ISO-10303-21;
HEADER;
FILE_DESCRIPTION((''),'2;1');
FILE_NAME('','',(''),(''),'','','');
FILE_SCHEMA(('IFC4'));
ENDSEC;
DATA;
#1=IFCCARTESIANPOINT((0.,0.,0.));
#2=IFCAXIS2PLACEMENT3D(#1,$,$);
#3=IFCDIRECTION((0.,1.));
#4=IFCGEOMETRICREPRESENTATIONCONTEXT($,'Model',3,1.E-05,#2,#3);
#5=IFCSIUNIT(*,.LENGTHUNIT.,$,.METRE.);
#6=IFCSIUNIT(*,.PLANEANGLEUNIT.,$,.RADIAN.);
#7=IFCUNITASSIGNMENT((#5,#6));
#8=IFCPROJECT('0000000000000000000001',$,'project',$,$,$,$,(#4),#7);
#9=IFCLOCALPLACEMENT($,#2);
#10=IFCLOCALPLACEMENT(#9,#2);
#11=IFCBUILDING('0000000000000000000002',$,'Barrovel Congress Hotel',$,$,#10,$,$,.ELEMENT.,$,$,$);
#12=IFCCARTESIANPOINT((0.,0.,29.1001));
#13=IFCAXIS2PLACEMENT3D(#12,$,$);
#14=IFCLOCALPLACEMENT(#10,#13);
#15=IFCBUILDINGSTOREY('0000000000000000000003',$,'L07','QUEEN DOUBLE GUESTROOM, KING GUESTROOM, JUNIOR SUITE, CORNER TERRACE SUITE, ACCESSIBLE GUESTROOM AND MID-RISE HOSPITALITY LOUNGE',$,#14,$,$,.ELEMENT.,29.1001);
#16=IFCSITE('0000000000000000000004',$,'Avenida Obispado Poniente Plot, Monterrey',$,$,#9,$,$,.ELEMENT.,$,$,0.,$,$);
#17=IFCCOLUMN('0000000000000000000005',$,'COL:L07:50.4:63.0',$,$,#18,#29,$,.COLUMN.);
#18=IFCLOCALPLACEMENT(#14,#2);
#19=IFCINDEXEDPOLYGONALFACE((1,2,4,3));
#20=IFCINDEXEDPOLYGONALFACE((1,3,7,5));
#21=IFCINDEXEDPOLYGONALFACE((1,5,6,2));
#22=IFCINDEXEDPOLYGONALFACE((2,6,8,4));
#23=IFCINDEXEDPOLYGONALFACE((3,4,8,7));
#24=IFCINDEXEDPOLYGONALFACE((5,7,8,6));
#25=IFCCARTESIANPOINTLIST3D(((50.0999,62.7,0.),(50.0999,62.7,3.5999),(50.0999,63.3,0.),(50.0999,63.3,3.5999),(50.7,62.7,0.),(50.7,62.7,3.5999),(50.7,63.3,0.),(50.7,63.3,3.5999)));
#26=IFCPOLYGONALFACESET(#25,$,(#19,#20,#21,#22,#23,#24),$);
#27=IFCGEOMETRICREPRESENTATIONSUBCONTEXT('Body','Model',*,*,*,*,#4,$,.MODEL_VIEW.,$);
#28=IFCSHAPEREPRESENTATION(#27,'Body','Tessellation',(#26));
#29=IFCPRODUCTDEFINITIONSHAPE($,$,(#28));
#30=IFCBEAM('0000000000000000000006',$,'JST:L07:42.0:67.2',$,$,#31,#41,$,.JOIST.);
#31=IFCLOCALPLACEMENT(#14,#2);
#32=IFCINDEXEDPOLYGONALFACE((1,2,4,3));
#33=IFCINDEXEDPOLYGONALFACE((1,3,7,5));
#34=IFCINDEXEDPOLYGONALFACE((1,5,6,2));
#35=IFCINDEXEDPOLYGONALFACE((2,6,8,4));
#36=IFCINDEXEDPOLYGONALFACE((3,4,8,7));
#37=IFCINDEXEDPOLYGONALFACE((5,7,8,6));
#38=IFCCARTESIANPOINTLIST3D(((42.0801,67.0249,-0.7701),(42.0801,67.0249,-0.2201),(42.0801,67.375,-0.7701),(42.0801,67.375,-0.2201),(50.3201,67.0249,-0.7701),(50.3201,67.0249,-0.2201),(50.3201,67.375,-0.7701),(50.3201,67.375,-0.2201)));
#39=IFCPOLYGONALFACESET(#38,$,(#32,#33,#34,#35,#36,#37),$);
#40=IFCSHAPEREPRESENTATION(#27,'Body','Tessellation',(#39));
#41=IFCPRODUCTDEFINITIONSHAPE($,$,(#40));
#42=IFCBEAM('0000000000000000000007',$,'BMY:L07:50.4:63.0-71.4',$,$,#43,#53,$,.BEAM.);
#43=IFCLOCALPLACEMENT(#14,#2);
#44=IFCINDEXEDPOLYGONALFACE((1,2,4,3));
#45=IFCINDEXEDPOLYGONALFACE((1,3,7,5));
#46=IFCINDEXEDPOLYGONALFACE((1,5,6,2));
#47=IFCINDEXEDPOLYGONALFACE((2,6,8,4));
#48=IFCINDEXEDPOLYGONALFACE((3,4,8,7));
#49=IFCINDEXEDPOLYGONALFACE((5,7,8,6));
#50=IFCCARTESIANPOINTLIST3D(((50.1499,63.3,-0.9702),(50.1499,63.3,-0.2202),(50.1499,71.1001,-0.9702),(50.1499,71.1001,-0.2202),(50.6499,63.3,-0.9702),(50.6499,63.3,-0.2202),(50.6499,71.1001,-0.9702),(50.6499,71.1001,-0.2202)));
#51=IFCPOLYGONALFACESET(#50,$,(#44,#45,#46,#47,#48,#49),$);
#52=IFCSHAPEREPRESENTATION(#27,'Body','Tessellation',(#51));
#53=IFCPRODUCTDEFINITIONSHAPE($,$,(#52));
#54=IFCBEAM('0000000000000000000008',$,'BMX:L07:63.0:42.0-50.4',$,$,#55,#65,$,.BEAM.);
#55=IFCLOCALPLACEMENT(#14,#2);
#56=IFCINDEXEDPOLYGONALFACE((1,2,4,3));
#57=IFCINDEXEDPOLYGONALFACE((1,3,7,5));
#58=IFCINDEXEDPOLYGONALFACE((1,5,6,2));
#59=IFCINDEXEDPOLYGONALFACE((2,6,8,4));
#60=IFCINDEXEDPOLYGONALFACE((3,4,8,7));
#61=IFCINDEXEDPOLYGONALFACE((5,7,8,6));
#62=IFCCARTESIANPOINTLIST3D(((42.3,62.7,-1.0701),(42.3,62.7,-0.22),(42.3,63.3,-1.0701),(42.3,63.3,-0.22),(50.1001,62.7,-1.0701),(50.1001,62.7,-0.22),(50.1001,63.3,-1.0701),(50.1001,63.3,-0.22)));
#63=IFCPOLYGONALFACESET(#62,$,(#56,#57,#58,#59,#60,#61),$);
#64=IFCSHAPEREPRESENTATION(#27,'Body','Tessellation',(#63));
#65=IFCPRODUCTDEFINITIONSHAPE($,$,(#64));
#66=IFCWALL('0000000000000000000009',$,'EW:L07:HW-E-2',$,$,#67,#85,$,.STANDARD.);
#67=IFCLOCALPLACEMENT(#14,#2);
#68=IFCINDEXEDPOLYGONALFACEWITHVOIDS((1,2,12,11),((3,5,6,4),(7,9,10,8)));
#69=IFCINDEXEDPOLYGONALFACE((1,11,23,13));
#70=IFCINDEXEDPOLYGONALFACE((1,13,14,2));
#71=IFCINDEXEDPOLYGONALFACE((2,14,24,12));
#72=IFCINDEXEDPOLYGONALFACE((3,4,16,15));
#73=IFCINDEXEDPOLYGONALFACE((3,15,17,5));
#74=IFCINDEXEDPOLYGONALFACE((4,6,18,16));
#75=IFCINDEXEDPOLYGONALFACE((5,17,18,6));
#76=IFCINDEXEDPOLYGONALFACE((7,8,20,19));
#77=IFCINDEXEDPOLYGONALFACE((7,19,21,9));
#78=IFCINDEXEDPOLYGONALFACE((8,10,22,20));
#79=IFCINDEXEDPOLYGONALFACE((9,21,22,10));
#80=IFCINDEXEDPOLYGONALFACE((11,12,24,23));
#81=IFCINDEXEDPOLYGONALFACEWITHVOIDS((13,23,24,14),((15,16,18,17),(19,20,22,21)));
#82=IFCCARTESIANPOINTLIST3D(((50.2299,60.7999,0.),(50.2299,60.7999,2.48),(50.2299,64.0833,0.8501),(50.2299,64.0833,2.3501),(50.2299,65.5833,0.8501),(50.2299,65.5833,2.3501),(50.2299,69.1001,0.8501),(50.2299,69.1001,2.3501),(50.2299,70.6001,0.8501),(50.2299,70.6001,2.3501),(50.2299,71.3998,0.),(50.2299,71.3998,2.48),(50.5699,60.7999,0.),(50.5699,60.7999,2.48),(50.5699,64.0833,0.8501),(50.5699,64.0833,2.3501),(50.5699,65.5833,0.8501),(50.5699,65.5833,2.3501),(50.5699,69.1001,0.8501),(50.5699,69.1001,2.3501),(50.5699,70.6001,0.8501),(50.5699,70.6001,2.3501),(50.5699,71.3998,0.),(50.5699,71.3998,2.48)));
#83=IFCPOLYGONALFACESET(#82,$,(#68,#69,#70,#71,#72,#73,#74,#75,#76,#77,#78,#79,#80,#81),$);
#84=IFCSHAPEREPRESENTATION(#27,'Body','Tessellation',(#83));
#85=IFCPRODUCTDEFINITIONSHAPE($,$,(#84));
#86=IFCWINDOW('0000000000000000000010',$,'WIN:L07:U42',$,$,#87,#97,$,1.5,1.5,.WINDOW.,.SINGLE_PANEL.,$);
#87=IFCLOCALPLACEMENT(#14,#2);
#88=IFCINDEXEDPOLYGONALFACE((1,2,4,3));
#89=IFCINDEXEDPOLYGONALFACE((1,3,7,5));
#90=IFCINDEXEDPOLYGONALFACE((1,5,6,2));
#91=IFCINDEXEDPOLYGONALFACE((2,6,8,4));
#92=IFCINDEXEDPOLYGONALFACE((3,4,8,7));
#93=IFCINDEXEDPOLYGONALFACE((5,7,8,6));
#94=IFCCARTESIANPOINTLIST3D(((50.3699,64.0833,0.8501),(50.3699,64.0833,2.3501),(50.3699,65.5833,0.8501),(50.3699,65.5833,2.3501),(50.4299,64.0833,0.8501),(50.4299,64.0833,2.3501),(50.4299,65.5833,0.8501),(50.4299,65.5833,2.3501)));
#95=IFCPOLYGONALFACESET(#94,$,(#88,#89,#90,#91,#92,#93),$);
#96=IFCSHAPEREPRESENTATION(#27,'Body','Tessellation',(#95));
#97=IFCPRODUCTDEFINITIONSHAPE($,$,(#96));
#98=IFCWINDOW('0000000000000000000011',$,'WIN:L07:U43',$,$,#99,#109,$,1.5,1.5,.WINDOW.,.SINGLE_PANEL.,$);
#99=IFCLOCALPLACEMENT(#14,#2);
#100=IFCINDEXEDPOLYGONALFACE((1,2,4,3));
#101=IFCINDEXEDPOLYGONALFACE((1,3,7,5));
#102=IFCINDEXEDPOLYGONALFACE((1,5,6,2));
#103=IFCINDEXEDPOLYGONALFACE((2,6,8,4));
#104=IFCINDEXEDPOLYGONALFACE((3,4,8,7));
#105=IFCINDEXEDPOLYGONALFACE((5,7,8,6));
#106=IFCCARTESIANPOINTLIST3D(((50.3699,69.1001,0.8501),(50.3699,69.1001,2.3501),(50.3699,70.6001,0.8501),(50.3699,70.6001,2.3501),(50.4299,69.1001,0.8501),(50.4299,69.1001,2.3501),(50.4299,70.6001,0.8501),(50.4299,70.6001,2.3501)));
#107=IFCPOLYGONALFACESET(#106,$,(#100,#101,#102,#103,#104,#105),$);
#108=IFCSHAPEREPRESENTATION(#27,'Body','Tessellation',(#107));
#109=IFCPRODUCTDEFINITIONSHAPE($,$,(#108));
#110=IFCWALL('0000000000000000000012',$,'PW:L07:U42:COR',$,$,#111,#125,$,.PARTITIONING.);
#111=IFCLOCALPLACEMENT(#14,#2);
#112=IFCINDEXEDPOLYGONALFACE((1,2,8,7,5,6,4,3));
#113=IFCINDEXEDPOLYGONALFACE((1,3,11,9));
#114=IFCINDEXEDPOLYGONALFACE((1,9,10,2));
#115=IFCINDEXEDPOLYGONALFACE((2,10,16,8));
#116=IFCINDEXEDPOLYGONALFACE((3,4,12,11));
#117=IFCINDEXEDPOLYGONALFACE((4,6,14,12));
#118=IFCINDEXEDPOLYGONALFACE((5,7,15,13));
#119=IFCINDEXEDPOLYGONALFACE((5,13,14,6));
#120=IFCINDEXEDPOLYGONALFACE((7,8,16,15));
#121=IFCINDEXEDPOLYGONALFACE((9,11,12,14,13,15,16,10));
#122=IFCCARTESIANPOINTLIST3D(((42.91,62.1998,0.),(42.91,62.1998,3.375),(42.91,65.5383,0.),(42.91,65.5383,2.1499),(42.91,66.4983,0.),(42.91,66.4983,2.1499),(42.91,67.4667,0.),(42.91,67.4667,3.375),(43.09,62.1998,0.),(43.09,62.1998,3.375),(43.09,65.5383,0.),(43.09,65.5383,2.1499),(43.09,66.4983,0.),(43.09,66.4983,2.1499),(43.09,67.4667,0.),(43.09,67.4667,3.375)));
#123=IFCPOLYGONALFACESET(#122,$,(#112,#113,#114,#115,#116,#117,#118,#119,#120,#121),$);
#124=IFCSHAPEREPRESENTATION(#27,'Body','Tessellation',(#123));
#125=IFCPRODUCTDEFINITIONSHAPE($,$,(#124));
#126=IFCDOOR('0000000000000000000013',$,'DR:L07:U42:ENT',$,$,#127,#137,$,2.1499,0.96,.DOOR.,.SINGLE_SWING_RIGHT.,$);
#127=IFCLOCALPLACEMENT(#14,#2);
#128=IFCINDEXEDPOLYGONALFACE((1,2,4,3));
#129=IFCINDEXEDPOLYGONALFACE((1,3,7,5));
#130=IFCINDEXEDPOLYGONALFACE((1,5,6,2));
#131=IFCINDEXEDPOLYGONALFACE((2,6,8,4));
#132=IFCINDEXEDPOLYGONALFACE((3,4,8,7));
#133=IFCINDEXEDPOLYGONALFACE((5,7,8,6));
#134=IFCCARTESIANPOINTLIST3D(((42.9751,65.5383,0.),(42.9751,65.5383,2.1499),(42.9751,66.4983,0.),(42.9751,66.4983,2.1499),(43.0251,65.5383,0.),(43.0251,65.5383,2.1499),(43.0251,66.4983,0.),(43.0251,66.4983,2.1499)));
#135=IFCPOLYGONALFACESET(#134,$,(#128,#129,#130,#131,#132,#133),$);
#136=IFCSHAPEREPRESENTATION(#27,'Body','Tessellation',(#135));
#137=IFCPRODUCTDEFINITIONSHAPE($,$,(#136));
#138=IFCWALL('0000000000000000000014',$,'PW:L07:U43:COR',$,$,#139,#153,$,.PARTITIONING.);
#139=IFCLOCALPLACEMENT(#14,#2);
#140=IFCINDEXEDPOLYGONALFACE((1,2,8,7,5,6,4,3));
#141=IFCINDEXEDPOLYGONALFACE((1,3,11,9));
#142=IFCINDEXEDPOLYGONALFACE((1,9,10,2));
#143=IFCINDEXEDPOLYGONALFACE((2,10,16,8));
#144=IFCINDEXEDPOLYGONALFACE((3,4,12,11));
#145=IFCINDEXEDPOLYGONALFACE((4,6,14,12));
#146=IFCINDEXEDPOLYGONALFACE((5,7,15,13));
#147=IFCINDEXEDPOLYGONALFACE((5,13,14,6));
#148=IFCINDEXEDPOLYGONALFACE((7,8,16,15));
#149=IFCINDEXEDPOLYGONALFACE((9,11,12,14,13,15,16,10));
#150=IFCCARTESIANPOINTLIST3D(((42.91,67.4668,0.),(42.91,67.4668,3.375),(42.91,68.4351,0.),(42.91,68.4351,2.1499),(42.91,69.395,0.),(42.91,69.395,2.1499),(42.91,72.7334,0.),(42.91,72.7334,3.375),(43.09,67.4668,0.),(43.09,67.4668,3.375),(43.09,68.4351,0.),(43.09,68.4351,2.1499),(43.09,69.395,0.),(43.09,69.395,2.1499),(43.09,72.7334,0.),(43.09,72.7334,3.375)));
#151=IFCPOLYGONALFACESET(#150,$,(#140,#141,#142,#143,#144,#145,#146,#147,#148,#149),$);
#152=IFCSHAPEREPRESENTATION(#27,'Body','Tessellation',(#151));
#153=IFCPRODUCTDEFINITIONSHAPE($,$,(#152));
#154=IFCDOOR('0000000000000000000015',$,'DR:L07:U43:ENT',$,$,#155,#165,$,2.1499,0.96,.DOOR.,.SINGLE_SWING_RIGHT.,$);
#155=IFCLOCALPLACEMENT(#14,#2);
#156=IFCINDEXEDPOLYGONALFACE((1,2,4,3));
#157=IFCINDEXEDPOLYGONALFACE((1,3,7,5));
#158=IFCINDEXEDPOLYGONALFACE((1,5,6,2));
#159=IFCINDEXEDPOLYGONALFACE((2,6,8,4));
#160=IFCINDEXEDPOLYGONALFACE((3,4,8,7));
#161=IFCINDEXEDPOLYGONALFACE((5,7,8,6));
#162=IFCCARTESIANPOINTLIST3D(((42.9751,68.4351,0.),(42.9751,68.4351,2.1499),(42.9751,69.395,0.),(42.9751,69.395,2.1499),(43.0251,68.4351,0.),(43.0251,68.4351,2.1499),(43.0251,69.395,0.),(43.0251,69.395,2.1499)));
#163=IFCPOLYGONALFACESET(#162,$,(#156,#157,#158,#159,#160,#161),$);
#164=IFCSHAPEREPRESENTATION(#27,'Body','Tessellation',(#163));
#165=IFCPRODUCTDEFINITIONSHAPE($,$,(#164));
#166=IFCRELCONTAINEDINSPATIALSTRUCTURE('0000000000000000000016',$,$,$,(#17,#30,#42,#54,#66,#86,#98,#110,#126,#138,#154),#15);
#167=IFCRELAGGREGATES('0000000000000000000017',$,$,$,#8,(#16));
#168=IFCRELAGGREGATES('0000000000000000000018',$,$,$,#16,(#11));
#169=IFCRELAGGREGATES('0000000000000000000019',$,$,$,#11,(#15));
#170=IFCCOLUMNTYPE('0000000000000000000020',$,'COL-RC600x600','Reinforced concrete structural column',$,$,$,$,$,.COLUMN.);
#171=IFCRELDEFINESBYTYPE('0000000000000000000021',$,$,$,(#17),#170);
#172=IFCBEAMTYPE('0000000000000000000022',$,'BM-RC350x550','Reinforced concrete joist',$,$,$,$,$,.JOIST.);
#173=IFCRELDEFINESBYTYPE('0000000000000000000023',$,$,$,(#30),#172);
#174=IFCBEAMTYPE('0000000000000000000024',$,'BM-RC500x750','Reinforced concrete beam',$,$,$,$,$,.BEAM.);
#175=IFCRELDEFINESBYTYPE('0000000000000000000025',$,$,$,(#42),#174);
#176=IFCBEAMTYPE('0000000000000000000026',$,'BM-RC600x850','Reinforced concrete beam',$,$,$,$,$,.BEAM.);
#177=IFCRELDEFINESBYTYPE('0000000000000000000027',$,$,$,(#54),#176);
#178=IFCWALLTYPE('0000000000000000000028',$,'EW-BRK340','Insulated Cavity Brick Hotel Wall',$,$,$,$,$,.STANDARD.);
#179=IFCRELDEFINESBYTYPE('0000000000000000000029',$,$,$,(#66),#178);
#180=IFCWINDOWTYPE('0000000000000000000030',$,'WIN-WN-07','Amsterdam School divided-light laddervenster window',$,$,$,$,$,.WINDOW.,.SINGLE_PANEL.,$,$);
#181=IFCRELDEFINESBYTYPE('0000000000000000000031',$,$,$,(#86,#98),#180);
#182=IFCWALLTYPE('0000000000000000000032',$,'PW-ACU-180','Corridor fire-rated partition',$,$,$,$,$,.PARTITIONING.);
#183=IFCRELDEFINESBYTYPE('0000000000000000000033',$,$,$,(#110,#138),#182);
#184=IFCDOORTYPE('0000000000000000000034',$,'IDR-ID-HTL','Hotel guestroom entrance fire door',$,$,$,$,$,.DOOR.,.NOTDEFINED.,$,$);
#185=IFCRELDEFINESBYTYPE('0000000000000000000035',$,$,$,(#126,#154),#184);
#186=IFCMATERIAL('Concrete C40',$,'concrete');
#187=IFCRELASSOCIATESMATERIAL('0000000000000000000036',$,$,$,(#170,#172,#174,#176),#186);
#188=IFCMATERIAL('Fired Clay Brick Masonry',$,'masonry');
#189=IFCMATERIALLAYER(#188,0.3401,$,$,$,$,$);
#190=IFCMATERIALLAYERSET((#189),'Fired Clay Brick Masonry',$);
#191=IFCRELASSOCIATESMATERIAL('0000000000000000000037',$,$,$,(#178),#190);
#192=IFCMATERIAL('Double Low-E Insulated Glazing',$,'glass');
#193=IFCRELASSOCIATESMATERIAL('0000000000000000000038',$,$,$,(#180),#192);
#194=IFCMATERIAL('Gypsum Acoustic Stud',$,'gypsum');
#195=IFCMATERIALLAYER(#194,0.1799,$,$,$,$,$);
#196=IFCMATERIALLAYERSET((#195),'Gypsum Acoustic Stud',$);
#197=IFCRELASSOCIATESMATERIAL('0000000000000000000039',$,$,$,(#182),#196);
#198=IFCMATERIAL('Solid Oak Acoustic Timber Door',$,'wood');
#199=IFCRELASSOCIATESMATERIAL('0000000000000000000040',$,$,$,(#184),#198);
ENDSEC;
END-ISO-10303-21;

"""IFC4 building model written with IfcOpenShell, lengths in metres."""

from ifc_helpers import new_model, si_unit, direction, frame, frame_2d, origin, origin_2d, place, context, subcontext, project, spatial, rectangle, extrude, material, layer, layer_set, material_profile, profile_set, type_object, element, fill, save


model = new_model("IFC4")

# Units and contexts
model_context = context("Model", 3, precision=1e-05, world=origin(), true_north=direction((0.0, 1.0)))
body_context = subcontext(model_context, "Body", "Model", "MODEL_VIEW")
ifc_project = project(units=[si_unit("LENGTHUNIT", "METRE"), si_unit("PLANEANGLEUNIT", "RADIAN")], contexts=[model_context])

# Site, building, storey
site_placement = place(None, origin())
site = spatial("IfcSite", under=ifc_project, at=site_placement, Name="Avenida Obispado Poniente Plot, Monterrey", CompositionType="ELEMENT", RefElevation=0.0)
building_placement = place(site_placement, origin())
building = spatial("IfcBuilding", under=site, at=building_placement, Name="Barrovel Congress Hotel", CompositionType="ELEMENT")
storey_placement = place(building_placement, frame((0.0, 0.0, 29.1001)))
storey = spatial("IfcBuildingStorey", under=building, at=storey_placement, Name="L07", Description="QUEEN DOUBLE GUESTROOM, KING GUESTROOM, JUNIOR SUITE, CORNER TERRACE SUITE, ACCESSIBLE GUESTROOM AND MID-RISE HOSPITALITY LOUNGE", CompositionType="ELEMENT", Elevation=29.1001)

# Column
ifc_material_1 = material(Name="Concrete C40", Category="concrete")
ifc_material_profile_1 = material_profile(ifc_material_1, rectangle(XDim=0.6001, YDim=0.6001, at=origin_2d()), Name="RC600x600")
ifc_profile_set_1 = profile_set([ifc_material_profile_1], Name="Concrete C40")
column_type = type_object("IfcColumnType", Name="COL-RC600x600", Description="Reinforced concrete structural column", PredefinedType="COLUMN", material=ifc_profile_set_1)
column_placement = place(storey_placement, frame((50.3999, 63.0, 0.0), z_axis=(0.0, 0.0, 1.0), x_axis=(1.0, 0.0, 0.0)))
element("IfcColumn", 1, at=column_placement, inside=storey, type_object=column_type, Name="COL:L07:50.4:63.0", PredefinedType="COLUMN", context=body_context, shape_type="SweptSolid", body=[
    extrude(rectangle(XDim=0.6001, YDim=0.6001, at=origin_2d()), origin(), (0.0, 0.0, 1.0), 3.5999),
])

# Beams
ifc_material_profile_2 = material_profile(ifc_material_1, rectangle(XDim=0.3501, YDim=0.55, at=origin_2d()), Name="RC350x550")
ifc_profile_set_2 = profile_set([ifc_material_profile_2], Name="Concrete C40")
beam_type_1 = type_object("IfcBeamType", Name="BM-RC350x550", Description="Reinforced concrete joist", PredefinedType="JOIST", material=ifc_profile_set_2)
beam_1_placement = place(storey_placement, frame((42.0801, 67.2, -0.4951), z_axis=(1.0, 0.0, 0.0), x_axis=(0.0, 1.0, 0.0)))
element("IfcBeam", 2, at=beam_1_placement, inside=storey, type_object=beam_type_1, Name="JST:L07:42.0:67.2", PredefinedType="JOIST", context=body_context, shape_type="SweptSolid", body=[
    extrude(rectangle(XDim=0.3501, YDim=0.55, at=origin_2d()), origin(), (0.0, 0.0, 1.0), 8.24),
])
ifc_material_profile_3 = material_profile(ifc_material_1, rectangle(XDim=0.5, YDim=0.75, at=origin_2d()), Name="RC500x750")
ifc_profile_set_3 = profile_set([ifc_material_profile_3], Name="Concrete C40")
beam_type_2 = type_object("IfcBeamType", Name="BM-RC500x750", Description="Reinforced concrete beam", PredefinedType="BEAM", material=ifc_profile_set_3)
beam_2_placement = place(storey_placement, frame((50.3999, 63.3, -0.5952), z_axis=(0.0, 1.0, 0.0), x_axis=(-1.0, 0.0, 0.0)))
element("IfcBeam", 3, at=beam_2_placement, inside=storey, type_object=beam_type_2, Name="BMY:L07:50.4:63.0-71.4", PredefinedType="BEAM", context=body_context, shape_type="SweptSolid", body=[
    extrude(rectangle(XDim=0.5, YDim=0.75, at=origin_2d()), origin(), (0.0, 0.0, 1.0), 7.8),
])
ifc_material_profile_4 = material_profile(ifc_material_1, rectangle(XDim=0.6001, YDim=0.8501, at=origin_2d()), Name="RC600x850")
ifc_profile_set_4 = profile_set([ifc_material_profile_4], Name="Concrete C40")
beam_type_3 = type_object("IfcBeamType", Name="BM-RC600x850", Description="Reinforced concrete beam", PredefinedType="BEAM", material=ifc_profile_set_4)
beam_3_placement = place(storey_placement, frame((42.3, 63.0, -0.645), z_axis=(1.0, 0.0, 0.0), x_axis=(0.0, 1.0, 0.0)))
element("IfcBeam", 4, at=beam_3_placement, inside=storey, type_object=beam_type_3, Name="BMX:L07:63.0:42.0-50.4", PredefinedType="BEAM", context=body_context, shape_type="SweptSolid", body=[
    extrude(rectangle(XDim=0.6001, YDim=0.8501, at=origin_2d()), origin(), (0.0, 0.0, 1.0), 7.8),
])

# Wall, openings, windows
ifc_material_2 = material(Name="Fired Clay Brick Masonry", Category="masonry")
ifc_layer_1 = layer(ifc_material_2, 0.3401)
ifc_layer_set_1 = layer_set([ifc_layer_1], Name="Fired Clay Brick Masonry")
wall_type_1 = type_object("IfcWallType", Name="EW-BRK340", Description="Insulated Cavity Brick Hotel Wall", PredefinedType="STANDARD", material=ifc_layer_set_1)
wall_1_placement = place(storey_placement, frame((50.3999, 60.8, 0.0), z_axis=(0.0, 0.0, 1.0), x_axis=(0.0, 1.0, 0.0)))
wall_1 = element("IfcWall", 5, at=wall_1_placement, inside=storey, type_object=wall_type_1, Name="EW:L07:HW-E-2", PredefinedType="STANDARD", context=body_context, shape_type="SweptSolid", body=[
    extrude(rectangle(XDim=10.5999, YDim=0.3401, at=frame_2d((5.2998, 0.0))), origin(), (0.0, 0.0, 1.0), 2.48),
])
opening_1_placement = place(wall_1_placement, frame((3.2832, 0.0, 0.8501)))
opening_1 = element("IfcOpeningElement", 6, at=opening_1_placement, cuts=wall_1, PredefinedType="OPENING", context=body_context, shape_type="SweptSolid", body=[
    extrude(rectangle(XDim=1.5, YDim=1.5, at=frame_2d((0.75, 0.75))), frame((0.0, 0.1802, 0.0), z_axis=(0.0, -1.0, 0.0), x_axis=(1.0, 0.0, 0.0)), (0.0, 0.0, 1.0), 0.3601),
])
opening_2_placement = place(wall_1_placement, frame((8.3, 0.0, 0.8501)))
opening_2 = element("IfcOpeningElement", 7, at=opening_2_placement, cuts=wall_1, PredefinedType="OPENING", context=body_context, shape_type="SweptSolid", body=[
    extrude(rectangle(XDim=1.5, YDim=1.5, at=frame_2d((0.75, 0.75))), frame((0.0, 0.1802, 0.0), z_axis=(0.0, -1.0, 0.0), x_axis=(1.0, 0.0, 0.0)), (0.0, 0.0, 1.0), 0.3601),
])
ifc_material_3 = material(Name="Double Low-E Insulated Glazing", Category="glass")
window_type = type_object("IfcWindowType", Name="WIN-WN-07", Description="Amsterdam School divided-light laddervenster window", PartitioningType="SINGLE_PANEL", PredefinedType="WINDOW", material=ifc_material_3)
window_1_placement = place(opening_1_placement, origin())
window_1 = element("IfcWindow", 8, at=window_1_placement, inside=storey, type_object=window_type, Name="WIN:L07:U42", OverallHeight=1.5, OverallWidth=1.5, PartitioningType="SINGLE_PANEL", PredefinedType="WINDOW", context=body_context, shape_type="SweptSolid", body=[
    extrude(rectangle(XDim=1.5, YDim=1.5, at=frame_2d((0.75, 0.75))), frame((0.0, 0.03, 0.0), z_axis=(0.0, -1.0, 0.0), x_axis=(1.0, 0.0, 0.0)), (0.0, 0.0, 1.0), 0.0601),
])
fill(opening_1, window_1)
window_2_placement = place(opening_2_placement, origin())
window_2 = element("IfcWindow", 9, at=window_2_placement, inside=storey, type_object=window_type, Name="WIN:L07:U43", OverallHeight=1.5, OverallWidth=1.5, PartitioningType="SINGLE_PANEL", PredefinedType="WINDOW", context=body_context, shape_type="SweptSolid", body=[
    extrude(rectangle(XDim=1.5, YDim=1.5, at=frame_2d((0.75, 0.75))), frame((0.0, 0.03, 0.0), z_axis=(0.0, -1.0, 0.0), x_axis=(1.0, 0.0, 0.0)), (0.0, 0.0, 1.0), 0.0601),
])
fill(opening_2, window_2)

# Walls, openings, doors
ifc_material_4 = material(Name="Gypsum Acoustic Stud", Category="gypsum")
ifc_layer_2 = layer(ifc_material_4, 0.1799)
ifc_layer_set_2 = layer_set([ifc_layer_2], Name="Gypsum Acoustic Stud")
wall_type_2 = type_object("IfcWallType", Name="PW-ACU-180", Description="Corridor fire-rated partition", PredefinedType="PARTITIONING", material=ifc_layer_set_2)
wall_2_placement = place(storey_placement, frame((43.0, 62.2, 0.0), z_axis=(0.0, 0.0, 1.0), x_axis=(0.0, 1.0, 0.0)))
wall_2 = element("IfcWall", 10, at=wall_2_placement, inside=storey, type_object=wall_type_2, Name="PW:L07:U42:COR", PredefinedType="PARTITIONING", context=body_context, shape_type="SweptSolid", body=[
    extrude(rectangle(XDim=5.2668, YDim=0.1799, at=frame_2d((2.6333, 0.0))), origin(), (0.0, 0.0, 1.0), 3.375),
])
opening_3_placement = place(wall_2_placement, frame((3.3384, 0.0, 0.0)))
opening_3 = element("IfcOpeningElement", 11, at=opening_3_placement, cuts=wall_2, PredefinedType="OPENING", context=body_context, shape_type="SweptSolid", body=[
    extrude(rectangle(XDim=0.96, YDim=2.1499, at=frame_2d((0.48, 1.075))), frame((0.0, 0.1001, 0.0), z_axis=(0.0, -1.0, 0.0), x_axis=(1.0, 0.0, 0.0)), (0.0, 0.0, 1.0), 0.2),
])
ifc_material_5 = material(Name="Solid Oak Acoustic Timber Door", Category="wood")
door_type_1 = type_object("IfcDoorType", Name="IDR-ID-HTL", Description="Hotel guestroom entrance fire door", OperationType="NOTDEFINED", PredefinedType="DOOR", material=ifc_material_5)
door_1_placement = place(opening_3_placement, origin())
door_1 = element("IfcDoor", 12, at=door_1_placement, inside=storey, type_object=door_type_1, Name="DR:L07:U42:ENT", OperationType="SINGLE_SWING_RIGHT", OverallHeight=2.1499, OverallWidth=0.96, PredefinedType="DOOR", context=body_context, shape_type="SweptSolid", body=[
    extrude(rectangle(XDim=0.96, YDim=2.1499, at=frame_2d((0.48, 1.075))), frame((0.0, 0.0249, 0.0), z_axis=(0.0, -1.0, 0.0), x_axis=(1.0, 0.0, 0.0)), (0.0, 0.0, 1.0), 0.05),
])
fill(opening_3, door_1)
wall_3_placement = place(storey_placement, frame((43.0, 67.4668, 0.0), z_axis=(0.0, 0.0, 1.0), x_axis=(0.0, 1.0, 0.0)))
wall_3 = element("IfcWall", 13, at=wall_3_placement, inside=storey, type_object=wall_type_2, Name="PW:L07:U43:COR", PredefinedType="PARTITIONING", context=body_context, shape_type="SweptSolid", body=[
    extrude(rectangle(XDim=5.2666, YDim=0.1799, at=frame_2d((2.6333, 0.0))), origin(), (0.0, 0.0, 1.0), 3.375),
])
opening_4_placement = place(wall_3_placement, frame((0.9683, 0.0, 0.0)))
opening_4 = element("IfcOpeningElement", 14, at=opening_4_placement, cuts=wall_3, PredefinedType="OPENING", context=body_context, shape_type="SweptSolid", body=[
    extrude(rectangle(XDim=0.96, YDim=2.1499, at=frame_2d((0.48, 1.075))), frame((0.0, 0.1001, 0.0), z_axis=(0.0, -1.0, 0.0), x_axis=(1.0, 0.0, 0.0)), (0.0, 0.0, 1.0), 0.2),
])
door_2_placement = place(opening_4_placement, origin())
door_2 = element("IfcDoor", 15, at=door_2_placement, inside=storey, type_object=door_type_1, Name="DR:L07:U43:ENT", OperationType="SINGLE_SWING_RIGHT", OverallHeight=2.1499, OverallWidth=0.96, PredefinedType="DOOR", context=body_context, shape_type="SweptSolid", body=[
    extrude(rectangle(XDim=0.96, YDim=2.1499, at=frame_2d((0.48, 1.075))), frame((0.0, 0.0249, 0.0), z_axis=(0.0, -1.0, 0.0), x_axis=(1.0, 0.0, 0.0)), (0.0, 0.0, 1.0), 0.05),
])
fill(opening_4, door_2)

save(model, "model.ifc")
